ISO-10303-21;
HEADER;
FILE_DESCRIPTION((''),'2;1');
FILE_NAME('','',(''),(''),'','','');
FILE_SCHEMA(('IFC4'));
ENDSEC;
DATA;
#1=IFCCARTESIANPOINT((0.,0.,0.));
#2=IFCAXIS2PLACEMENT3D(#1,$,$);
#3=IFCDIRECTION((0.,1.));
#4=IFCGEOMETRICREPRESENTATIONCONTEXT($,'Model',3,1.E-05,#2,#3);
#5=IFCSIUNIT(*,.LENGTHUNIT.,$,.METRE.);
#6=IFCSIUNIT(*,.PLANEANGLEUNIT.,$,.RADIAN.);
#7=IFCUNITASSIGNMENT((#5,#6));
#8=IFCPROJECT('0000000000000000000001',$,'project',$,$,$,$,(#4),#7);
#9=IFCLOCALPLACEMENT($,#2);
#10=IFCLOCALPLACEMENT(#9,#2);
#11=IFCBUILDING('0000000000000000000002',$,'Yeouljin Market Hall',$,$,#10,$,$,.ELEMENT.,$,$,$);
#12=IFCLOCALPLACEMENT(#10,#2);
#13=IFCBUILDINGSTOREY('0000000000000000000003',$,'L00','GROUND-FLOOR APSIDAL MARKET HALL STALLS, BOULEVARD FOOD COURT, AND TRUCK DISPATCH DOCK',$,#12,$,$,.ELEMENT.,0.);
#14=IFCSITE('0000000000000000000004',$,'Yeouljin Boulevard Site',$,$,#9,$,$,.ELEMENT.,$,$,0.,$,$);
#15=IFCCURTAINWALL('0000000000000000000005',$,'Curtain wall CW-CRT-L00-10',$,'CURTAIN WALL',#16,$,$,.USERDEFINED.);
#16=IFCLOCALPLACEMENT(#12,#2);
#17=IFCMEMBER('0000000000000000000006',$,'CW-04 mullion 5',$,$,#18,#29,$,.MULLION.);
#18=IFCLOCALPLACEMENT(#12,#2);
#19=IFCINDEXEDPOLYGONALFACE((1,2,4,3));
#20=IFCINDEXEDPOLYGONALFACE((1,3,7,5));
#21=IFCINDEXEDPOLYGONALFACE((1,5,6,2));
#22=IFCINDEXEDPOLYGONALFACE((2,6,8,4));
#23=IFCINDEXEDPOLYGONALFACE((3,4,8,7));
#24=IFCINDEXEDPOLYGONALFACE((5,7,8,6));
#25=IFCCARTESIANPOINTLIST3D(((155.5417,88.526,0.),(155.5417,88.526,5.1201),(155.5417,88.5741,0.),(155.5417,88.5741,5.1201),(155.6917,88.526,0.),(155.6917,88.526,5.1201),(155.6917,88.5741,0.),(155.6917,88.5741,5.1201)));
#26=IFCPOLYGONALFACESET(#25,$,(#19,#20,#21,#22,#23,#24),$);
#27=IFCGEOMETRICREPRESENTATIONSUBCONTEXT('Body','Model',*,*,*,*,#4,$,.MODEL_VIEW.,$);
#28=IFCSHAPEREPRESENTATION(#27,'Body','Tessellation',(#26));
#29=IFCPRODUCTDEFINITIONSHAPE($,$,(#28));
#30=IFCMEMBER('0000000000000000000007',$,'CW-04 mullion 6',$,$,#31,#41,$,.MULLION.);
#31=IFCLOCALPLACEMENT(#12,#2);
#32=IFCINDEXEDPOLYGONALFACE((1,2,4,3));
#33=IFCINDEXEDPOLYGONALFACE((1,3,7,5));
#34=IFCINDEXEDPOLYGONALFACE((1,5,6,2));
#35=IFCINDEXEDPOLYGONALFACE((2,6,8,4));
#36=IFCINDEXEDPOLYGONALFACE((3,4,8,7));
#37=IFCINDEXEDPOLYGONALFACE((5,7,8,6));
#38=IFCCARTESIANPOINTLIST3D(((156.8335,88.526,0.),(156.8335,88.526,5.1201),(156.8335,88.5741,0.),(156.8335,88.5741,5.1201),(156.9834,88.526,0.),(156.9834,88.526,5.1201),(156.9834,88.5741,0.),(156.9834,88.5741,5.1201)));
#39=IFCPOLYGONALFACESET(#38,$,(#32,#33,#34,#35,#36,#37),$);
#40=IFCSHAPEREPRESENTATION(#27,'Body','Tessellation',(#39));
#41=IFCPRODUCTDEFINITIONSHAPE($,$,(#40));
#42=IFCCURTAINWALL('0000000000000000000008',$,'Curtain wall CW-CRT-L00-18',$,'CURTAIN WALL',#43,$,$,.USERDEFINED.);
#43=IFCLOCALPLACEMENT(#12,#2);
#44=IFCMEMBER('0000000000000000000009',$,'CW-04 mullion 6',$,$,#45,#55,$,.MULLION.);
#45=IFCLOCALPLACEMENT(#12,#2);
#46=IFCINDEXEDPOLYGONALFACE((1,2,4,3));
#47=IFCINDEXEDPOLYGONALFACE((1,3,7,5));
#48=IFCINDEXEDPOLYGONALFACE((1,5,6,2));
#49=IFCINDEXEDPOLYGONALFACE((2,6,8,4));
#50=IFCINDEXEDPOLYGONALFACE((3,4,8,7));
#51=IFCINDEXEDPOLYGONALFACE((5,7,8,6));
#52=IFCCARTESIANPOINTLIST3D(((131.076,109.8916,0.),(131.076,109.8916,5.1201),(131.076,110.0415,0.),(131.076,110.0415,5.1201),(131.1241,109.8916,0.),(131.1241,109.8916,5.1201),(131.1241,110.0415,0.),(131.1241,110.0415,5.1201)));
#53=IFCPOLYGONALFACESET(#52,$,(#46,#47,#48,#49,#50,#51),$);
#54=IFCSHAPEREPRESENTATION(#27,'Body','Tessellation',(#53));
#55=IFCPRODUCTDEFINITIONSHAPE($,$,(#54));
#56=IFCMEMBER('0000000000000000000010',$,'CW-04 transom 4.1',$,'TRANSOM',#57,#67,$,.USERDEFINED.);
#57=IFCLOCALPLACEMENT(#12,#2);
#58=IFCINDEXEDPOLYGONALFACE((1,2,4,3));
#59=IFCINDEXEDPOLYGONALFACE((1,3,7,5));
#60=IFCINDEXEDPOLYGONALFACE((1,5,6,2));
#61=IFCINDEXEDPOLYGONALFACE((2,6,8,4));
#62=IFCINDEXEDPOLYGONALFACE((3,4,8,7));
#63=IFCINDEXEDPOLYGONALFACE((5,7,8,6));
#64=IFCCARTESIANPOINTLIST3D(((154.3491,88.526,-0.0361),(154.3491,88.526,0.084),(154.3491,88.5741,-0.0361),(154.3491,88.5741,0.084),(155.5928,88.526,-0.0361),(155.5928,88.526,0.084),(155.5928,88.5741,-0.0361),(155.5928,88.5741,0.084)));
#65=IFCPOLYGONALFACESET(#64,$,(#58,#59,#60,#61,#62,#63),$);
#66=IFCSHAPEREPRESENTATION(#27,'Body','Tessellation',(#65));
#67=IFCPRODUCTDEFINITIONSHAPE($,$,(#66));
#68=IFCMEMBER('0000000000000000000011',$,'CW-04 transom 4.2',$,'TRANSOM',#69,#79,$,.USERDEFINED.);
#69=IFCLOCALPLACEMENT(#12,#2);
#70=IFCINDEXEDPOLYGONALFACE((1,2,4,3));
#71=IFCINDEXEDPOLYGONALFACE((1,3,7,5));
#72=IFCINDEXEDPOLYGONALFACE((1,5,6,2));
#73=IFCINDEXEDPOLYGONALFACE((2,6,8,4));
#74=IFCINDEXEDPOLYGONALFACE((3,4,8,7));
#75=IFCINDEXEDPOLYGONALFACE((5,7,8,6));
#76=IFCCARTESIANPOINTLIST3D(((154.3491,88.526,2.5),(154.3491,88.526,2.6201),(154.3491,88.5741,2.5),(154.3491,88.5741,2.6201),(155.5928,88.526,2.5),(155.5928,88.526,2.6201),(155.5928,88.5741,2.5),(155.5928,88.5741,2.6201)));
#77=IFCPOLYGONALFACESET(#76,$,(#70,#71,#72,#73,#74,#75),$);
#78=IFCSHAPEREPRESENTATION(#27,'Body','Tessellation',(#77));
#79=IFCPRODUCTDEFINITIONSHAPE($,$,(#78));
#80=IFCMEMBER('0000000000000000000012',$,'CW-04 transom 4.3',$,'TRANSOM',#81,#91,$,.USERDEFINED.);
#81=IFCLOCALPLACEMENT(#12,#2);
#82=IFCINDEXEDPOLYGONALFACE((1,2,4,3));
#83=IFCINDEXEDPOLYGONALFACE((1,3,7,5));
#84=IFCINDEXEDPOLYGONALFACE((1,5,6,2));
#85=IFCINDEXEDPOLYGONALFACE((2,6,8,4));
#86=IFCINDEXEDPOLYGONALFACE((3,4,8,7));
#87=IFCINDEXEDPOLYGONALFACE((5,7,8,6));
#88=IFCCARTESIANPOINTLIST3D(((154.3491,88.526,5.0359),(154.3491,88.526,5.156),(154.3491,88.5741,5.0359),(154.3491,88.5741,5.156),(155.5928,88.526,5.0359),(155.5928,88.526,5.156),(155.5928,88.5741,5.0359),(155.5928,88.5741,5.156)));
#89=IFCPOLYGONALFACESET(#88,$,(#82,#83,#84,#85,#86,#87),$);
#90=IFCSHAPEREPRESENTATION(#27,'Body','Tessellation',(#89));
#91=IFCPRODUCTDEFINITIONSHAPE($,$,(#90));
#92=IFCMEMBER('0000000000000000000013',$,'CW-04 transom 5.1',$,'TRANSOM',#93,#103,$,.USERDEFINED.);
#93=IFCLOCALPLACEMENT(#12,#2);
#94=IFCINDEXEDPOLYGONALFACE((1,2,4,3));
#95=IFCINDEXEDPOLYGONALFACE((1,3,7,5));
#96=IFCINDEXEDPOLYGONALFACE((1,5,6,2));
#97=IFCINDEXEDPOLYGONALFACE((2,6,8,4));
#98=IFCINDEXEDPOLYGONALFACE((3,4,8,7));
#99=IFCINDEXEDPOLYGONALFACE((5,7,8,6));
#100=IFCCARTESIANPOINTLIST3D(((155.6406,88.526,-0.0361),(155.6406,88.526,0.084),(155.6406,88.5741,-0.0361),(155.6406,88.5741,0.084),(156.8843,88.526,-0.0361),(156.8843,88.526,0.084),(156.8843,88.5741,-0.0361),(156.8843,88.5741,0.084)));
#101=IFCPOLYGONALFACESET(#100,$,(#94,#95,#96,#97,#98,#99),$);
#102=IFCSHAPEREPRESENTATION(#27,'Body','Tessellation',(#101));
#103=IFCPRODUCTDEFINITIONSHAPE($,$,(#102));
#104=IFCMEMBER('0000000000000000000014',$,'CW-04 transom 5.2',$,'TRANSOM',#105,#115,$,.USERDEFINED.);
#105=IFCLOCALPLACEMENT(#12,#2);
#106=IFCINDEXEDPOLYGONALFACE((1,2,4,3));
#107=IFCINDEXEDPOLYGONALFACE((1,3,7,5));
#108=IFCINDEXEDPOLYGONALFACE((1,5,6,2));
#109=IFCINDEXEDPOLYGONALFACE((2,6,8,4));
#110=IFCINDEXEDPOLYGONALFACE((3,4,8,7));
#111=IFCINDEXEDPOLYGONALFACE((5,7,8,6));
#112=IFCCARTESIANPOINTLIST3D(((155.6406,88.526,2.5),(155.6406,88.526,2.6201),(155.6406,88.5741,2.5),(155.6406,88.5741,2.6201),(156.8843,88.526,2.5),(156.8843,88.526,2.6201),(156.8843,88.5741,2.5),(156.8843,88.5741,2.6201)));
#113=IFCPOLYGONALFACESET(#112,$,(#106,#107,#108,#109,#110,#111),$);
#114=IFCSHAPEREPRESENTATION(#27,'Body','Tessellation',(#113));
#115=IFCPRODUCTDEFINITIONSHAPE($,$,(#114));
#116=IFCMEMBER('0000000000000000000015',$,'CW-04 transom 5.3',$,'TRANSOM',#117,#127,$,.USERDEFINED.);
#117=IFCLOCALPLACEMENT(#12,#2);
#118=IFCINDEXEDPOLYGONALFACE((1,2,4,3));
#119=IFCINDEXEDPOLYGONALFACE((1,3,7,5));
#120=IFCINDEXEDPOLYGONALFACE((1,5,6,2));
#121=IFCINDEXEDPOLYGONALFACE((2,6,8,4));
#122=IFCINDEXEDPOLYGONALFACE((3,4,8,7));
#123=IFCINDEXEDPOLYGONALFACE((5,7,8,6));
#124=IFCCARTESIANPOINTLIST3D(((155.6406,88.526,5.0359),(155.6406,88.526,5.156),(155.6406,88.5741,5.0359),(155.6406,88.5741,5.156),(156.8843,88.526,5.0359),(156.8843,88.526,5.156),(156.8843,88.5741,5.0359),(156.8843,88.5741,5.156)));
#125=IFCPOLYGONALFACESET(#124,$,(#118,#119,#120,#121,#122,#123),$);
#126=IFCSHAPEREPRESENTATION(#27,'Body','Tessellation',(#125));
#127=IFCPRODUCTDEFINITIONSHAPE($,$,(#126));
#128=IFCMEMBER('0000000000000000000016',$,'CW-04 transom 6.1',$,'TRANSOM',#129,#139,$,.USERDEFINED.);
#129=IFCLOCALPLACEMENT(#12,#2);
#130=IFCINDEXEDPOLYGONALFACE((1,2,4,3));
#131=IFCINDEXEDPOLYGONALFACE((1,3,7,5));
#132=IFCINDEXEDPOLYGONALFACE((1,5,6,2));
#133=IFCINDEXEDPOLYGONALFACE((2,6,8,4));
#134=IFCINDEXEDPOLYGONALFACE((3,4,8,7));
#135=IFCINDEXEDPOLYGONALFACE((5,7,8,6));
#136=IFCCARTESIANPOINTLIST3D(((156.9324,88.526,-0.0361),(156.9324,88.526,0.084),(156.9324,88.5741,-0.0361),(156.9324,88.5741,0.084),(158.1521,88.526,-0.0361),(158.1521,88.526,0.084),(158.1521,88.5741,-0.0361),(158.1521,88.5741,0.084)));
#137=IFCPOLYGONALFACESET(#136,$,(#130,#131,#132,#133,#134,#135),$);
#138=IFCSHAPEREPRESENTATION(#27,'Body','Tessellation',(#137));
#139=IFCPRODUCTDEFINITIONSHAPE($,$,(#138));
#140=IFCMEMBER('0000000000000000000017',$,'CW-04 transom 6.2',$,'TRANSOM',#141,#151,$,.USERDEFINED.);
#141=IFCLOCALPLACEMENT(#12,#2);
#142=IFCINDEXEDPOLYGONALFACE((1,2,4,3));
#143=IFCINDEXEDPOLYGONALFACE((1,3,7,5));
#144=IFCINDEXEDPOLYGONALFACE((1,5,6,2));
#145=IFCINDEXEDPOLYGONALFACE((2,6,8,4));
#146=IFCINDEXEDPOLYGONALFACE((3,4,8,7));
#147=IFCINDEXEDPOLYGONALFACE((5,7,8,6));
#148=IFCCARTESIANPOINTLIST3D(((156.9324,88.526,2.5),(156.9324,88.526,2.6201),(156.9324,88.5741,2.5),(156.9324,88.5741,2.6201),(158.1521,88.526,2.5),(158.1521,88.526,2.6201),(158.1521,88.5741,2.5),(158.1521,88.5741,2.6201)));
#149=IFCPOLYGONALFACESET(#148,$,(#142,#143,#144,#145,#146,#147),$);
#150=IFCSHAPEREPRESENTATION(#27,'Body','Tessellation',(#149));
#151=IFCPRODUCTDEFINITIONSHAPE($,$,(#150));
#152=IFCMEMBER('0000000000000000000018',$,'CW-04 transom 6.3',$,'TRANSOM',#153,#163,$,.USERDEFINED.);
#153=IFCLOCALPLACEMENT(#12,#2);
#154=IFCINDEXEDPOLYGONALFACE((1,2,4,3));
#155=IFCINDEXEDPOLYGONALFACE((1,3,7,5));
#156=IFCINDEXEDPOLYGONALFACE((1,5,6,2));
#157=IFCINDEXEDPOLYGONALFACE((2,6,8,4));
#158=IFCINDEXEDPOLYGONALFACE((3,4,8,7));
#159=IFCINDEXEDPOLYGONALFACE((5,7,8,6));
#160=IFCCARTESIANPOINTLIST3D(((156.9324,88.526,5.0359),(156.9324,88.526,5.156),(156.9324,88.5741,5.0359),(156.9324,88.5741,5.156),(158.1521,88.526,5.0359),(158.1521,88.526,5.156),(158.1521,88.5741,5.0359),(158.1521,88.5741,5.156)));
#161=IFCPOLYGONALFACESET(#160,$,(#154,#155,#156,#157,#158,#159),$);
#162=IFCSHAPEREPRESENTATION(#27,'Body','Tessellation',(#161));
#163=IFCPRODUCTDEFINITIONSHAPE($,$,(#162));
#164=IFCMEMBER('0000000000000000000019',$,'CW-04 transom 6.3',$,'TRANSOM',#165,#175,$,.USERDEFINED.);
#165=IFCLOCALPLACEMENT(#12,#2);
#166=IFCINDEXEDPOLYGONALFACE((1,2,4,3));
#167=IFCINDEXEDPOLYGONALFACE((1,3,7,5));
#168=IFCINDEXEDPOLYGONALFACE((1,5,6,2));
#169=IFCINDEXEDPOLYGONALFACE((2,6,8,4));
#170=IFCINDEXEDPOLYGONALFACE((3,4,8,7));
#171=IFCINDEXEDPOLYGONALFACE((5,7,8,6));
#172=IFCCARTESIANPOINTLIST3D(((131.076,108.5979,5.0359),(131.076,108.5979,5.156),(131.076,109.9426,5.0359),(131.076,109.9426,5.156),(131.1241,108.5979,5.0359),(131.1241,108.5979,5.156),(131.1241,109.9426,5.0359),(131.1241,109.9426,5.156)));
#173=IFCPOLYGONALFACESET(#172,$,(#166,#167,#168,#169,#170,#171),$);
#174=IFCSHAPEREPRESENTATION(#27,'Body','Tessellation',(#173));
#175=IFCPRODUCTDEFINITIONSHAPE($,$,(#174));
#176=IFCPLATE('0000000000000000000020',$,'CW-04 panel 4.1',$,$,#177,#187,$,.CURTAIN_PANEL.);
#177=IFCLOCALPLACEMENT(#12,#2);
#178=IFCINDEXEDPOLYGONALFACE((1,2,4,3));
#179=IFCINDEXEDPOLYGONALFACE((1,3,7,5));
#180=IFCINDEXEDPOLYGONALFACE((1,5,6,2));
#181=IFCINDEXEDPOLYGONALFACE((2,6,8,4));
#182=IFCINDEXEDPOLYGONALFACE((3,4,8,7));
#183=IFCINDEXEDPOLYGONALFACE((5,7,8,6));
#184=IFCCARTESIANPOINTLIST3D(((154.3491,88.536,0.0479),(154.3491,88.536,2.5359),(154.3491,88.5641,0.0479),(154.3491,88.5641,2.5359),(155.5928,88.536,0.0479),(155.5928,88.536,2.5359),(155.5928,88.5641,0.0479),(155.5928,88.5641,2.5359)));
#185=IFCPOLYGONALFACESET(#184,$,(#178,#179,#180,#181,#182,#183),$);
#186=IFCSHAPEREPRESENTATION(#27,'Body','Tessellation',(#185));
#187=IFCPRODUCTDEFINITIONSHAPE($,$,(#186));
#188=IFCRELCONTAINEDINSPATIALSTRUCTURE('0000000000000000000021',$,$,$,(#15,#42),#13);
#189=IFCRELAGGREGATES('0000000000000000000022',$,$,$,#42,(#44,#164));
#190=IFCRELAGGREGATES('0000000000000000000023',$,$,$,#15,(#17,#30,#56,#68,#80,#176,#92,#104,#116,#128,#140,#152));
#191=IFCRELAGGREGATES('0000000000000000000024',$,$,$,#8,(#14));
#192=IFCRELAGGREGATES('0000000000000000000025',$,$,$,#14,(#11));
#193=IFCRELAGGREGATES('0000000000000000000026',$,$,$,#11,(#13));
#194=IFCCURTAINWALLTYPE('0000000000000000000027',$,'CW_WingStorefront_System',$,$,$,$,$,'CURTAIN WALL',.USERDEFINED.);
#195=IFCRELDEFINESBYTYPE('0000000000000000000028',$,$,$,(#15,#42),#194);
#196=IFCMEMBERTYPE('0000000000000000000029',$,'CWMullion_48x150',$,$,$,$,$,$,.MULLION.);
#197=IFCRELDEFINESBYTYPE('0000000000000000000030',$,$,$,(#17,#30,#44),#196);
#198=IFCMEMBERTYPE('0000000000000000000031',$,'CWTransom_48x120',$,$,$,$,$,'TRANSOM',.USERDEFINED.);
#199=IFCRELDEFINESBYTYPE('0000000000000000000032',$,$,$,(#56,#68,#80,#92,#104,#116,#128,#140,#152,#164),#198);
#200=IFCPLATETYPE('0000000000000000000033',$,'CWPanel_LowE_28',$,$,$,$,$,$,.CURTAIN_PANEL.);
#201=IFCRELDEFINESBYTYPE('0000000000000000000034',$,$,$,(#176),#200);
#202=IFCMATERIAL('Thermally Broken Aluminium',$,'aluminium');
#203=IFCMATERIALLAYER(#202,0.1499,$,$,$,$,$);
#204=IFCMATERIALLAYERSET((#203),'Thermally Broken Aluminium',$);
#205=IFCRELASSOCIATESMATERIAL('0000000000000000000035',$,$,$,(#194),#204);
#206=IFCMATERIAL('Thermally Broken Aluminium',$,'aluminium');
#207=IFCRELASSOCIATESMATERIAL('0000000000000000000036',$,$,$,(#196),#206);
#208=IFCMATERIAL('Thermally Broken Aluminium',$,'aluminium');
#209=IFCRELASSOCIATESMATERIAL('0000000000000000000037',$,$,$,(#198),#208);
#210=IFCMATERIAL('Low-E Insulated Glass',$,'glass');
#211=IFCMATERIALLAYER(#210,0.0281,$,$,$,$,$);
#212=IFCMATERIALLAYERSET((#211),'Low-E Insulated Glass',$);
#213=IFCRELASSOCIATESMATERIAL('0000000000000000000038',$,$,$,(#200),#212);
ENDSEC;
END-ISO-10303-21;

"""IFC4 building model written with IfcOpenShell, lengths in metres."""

from ifc_helpers import new_model, si_unit, direction, frame, origin, origin_2d, place, context, subcontext, project, spatial, rectangle, extrude, material, layer, layer_set, material_profile, profile_set, type_object, element, aggregate, save


model = new_model("IFC4")

# Units and contexts
model_context = context("Model", 3, precision=1e-05, world=origin(), true_north=direction((0.0, 1.0)))
body_context = subcontext(model_context, "Body", "Model", "MODEL_VIEW")
ifc_project = project(units=[si_unit("LENGTHUNIT", "METRE"), si_unit("PLANEANGLEUNIT", "RADIAN")], contexts=[model_context])

# Site, building, storey
site_placement = place(None, origin())
site = spatial("IfcSite", under=ifc_project, at=site_placement, Name="Yeouljin Boulevard Site", CompositionType="ELEMENT", RefElevation=0.0)
building_placement = place(site_placement, origin())
building = spatial("IfcBuilding", under=site, at=building_placement, Name="Yeouljin Market Hall", CompositionType="ELEMENT")
storey_placement = place(building_placement, origin())
storey = spatial("IfcBuildingStorey", under=building, at=storey_placement, Name="L00", Description="GROUND-FLOOR APSIDAL MARKET HALL STALLS, BOULEVARD FOOD COURT, AND TRUCK DISPATCH DOCK", CompositionType="ELEMENT", Elevation=0.0)

# Curtain wall, members
ifc_material_1 = material(Name="Thermally Broken Aluminium", Category="aluminium")
ifc_layer_1 = layer(ifc_material_1, 0.1499)
ifc_layer_set_1 = layer_set([ifc_layer_1], Name="Thermally Broken Aluminium")
curtain_wall_type = type_object("IfcCurtainWallType", Name="CW_WingStorefront_System", ElementType="CURTAIN WALL", PredefinedType="USERDEFINED", material=ifc_layer_set_1)
curtain_wall_1_placement = place(storey_placement, origin())
curtain_wall_1 = element("IfcCurtainWall", 1, at=curtain_wall_1_placement, inside=storey, type_object=curtain_wall_type, Name="Curtain wall CW-CRT-L00-10", ObjectType="CURTAIN WALL", PredefinedType="USERDEFINED")
ifc_material_2 = material(Name="Thermally Broken Aluminium", Category="aluminium")
ifc_material_profile_1 = material_profile(ifc_material_2, rectangle(XDim=0.0481, YDim=0.1499, at=origin_2d()), Name="CW-MULL-48x150")
ifc_profile_set_1 = profile_set([ifc_material_profile_1], Name="Thermally Broken Aluminium")
member_type_1 = type_object("IfcMemberType", Name="CWMullion_48x150", PredefinedType="MULLION", material=ifc_profile_set_1)
member_1_placement = place(storey_placement, frame((155.6167, 88.55, 0.0), z_axis=(0.0, 0.0, 1.0), x_axis=(0.0, 1.0, 0.0)))
member_1 = element("IfcMember", 2, at=member_1_placement, type_object=member_type_1, Name="CW-04 mullion 5", PredefinedType="MULLION", context=body_context, shape_type="SweptSolid", body=[
    extrude(rectangle(XDim=0.0481, YDim=0.1499, at=origin_2d()), origin(), (0.0, 0.0, 1.0), 5.1201),
])
member_2_placement = place(storey_placement, frame((156.9084, 88.55, 0.0), z_axis=(0.0, 0.0, 1.0), x_axis=(0.0, 1.0, 0.0)))
member_2 = element("IfcMember", 3, at=member_2_placement, type_object=member_type_1, Name="CW-04 mullion 6", PredefinedType="MULLION", context=body_context, shape_type="SweptSolid", body=[
    extrude(rectangle(XDim=0.0481, YDim=0.1499, at=origin_2d()), origin(), (0.0, 0.0, 1.0), 5.1201),
])

# Curtain wall, member
curtain_wall_2_placement = place(storey_placement, origin())
curtain_wall_2 = element("IfcCurtainWall", 4, at=curtain_wall_2_placement, inside=storey, type_object=curtain_wall_type, Name="Curtain wall CW-CRT-L00-18", ObjectType="CURTAIN WALL", PredefinedType="USERDEFINED")
member_3_placement = place(storey_placement, frame((131.1001, 109.9666, 0.0), z_axis=(0.0, 0.0, 1.0), x_axis=(1.0, 0.0, 0.0)))
member_3 = element("IfcMember", 5, at=member_3_placement, type_object=member_type_1, Name="CW-04 mullion 6", PredefinedType="MULLION", context=body_context, shape_type="SweptSolid", body=[
    extrude(rectangle(XDim=0.0481, YDim=0.1499, at=origin_2d()), origin(), (0.0, 0.0, 1.0), 5.1201),
])

# Members
ifc_material_3 = material(Name="Thermally Broken Aluminium", Category="aluminium")
ifc_material_profile_2 = material_profile(ifc_material_3, rectangle(XDim=0.0481, YDim=0.1201, at=origin_2d()), Name="CW-TRAN-48x120")
ifc_profile_set_2 = profile_set([ifc_material_profile_2], Name="Thermally Broken Aluminium")
member_type_2 = type_object("IfcMemberType", Name="CWTransom_48x120", ElementType="TRANSOM", PredefinedType="USERDEFINED", material=ifc_profile_set_2)
member_4_placement = place(storey_placement, frame((154.3491, 88.55, 0.0239), z_axis=(1.0, 0.0, 0.0), x_axis=(0.0, 1.0, 0.0)))
member_4 = element("IfcMember", 6, at=member_4_placement, type_object=member_type_2, Name="CW-04 transom 4.1", ObjectType="TRANSOM", PredefinedType="USERDEFINED", context=body_context, shape_type="SweptSolid", body=[
    extrude(rectangle(XDim=0.0481, YDim=0.1201, at=origin_2d()), origin(), (0.0, 0.0, 1.0), 1.2437),
])
member_5_placement = place(storey_placement, frame((154.3491, 88.55, 2.5601), z_axis=(1.0, 0.0, 0.0), x_axis=(0.0, 1.0, 0.0)))
member_5 = element("IfcMember", 7, at=member_5_placement, type_object=member_type_2, Name="CW-04 transom 4.2", ObjectType="TRANSOM", PredefinedType="USERDEFINED", context=body_context, shape_type="SweptSolid", body=[
    extrude(rectangle(XDim=0.0481, YDim=0.1201, at=origin_2d()), origin(), (0.0, 0.0, 1.0), 1.2437),
])
member_6_placement = place(storey_placement, frame((154.3491, 88.55, 5.0959), z_axis=(1.0, 0.0, 0.0), x_axis=(0.0, 1.0, 0.0)))
member_6 = element("IfcMember", 8, at=member_6_placement, type_object=member_type_2, Name="CW-04 transom 4.3", ObjectType="TRANSOM", PredefinedType="USERDEFINED", context=body_context, shape_type="SweptSolid", body=[
    extrude(rectangle(XDim=0.0481, YDim=0.1201, at=origin_2d()), origin(), (0.0, 0.0, 1.0), 1.2437),
])
member_7_placement = place(storey_placement, frame((155.6406, 88.55, 0.0239), z_axis=(1.0, 0.0, 0.0), x_axis=(0.0, 1.0, 0.0)))
member_7 = element("IfcMember", 9, at=member_7_placement, type_object=member_type_2, Name="CW-04 transom 5.1", ObjectType="TRANSOM", PredefinedType="USERDEFINED", context=body_context, shape_type="SweptSolid", body=[
    extrude(rectangle(XDim=0.0481, YDim=0.1201, at=origin_2d()), origin(), (0.0, 0.0, 1.0), 1.2437),
])
member_8_placement = place(storey_placement, frame((155.6406, 88.55, 2.5601), z_axis=(1.0, 0.0, 0.0), x_axis=(0.0, 1.0, 0.0)))
member_8 = element("IfcMember", 10, at=member_8_placement, type_object=member_type_2, Name="CW-04 transom 5.2", ObjectType="TRANSOM", PredefinedType="USERDEFINED", context=body_context, shape_type="SweptSolid", body=[
    extrude(rectangle(XDim=0.0481, YDim=0.1201, at=origin_2d()), origin(), (0.0, 0.0, 1.0), 1.2437),
])
member_9_placement = place(storey_placement, frame((155.6406, 88.55, 5.0959), z_axis=(1.0, 0.0, 0.0), x_axis=(0.0, 1.0, 0.0)))
member_9 = element("IfcMember", 11, at=member_9_placement, type_object=member_type_2, Name="CW-04 transom 5.3", ObjectType="TRANSOM", PredefinedType="USERDEFINED", context=body_context, shape_type="SweptSolid", body=[
    extrude(rectangle(XDim=0.0481, YDim=0.1201, at=origin_2d()), origin(), (0.0, 0.0, 1.0), 1.2437),
])
member_10_placement = place(storey_placement, frame((156.9324, 88.55, 0.0239), z_axis=(1.0, 0.0, 0.0), x_axis=(0.0, 1.0, 0.0)))
member_10 = element("IfcMember", 12, at=member_10_placement, type_object=member_type_2, Name="CW-04 transom 6.1", ObjectType="TRANSOM", PredefinedType="USERDEFINED", context=body_context, shape_type="SweptSolid", body=[
    extrude(rectangle(XDim=0.0481, YDim=0.1201, at=origin_2d()), origin(), (0.0, 0.0, 1.0), 1.2197),
])
member_11_placement = place(storey_placement, frame((156.9324, 88.55, 2.5601), z_axis=(1.0, 0.0, 0.0), x_axis=(0.0, 1.0, 0.0)))
member_11 = element("IfcMember", 13, at=member_11_placement, type_object=member_type_2, Name="CW-04 transom 6.2", ObjectType="TRANSOM", PredefinedType="USERDEFINED", context=body_context, shape_type="SweptSolid", body=[
    extrude(rectangle(XDim=0.0481, YDim=0.1201, at=origin_2d()), origin(), (0.0, 0.0, 1.0), 1.2197),
])
member_12_placement = place(storey_placement, frame((156.9324, 88.55, 5.0959), z_axis=(1.0, 0.0, 0.0), x_axis=(0.0, 1.0, 0.0)))
member_12 = element("IfcMember", 14, at=member_12_placement, type_object=member_type_2, Name="CW-04 transom 6.3", ObjectType="TRANSOM", PredefinedType="USERDEFINED", context=body_context, shape_type="SweptSolid", body=[
    extrude(rectangle(XDim=0.0481, YDim=0.1201, at=origin_2d()), origin(), (0.0, 0.0, 1.0), 1.2197),
])
member_13_placement = place(storey_placement, frame((131.1001, 109.9426, 5.0959), z_axis=(0.0, -1.0, 0.0), x_axis=(1.0, 0.0, 0.0)))
member_13 = element("IfcMember", 15, at=member_13_placement, type_object=member_type_2, Name="CW-04 transom 6.3", ObjectType="TRANSOM", PredefinedType="USERDEFINED", context=body_context, shape_type="SweptSolid", body=[
    extrude(rectangle(XDim=0.0481, YDim=0.1201, at=origin_2d()), origin(), (0.0, 0.0, 1.0), 1.3447),
])
aggregate(curtain_wall_2, [member_3, member_13])

# Plate
ifc_material_4 = material(Name="Low-E Insulated Glass", Category="glass")
ifc_layer_2 = layer(ifc_material_4, 0.0281)
ifc_layer_set_2 = layer_set([ifc_layer_2], Name="Low-E Insulated Glass")
plate_type_1 = type_object("IfcPlateType", Name="CWPanel_LowE_28", PredefinedType="CURTAIN_PANEL", material=ifc_layer_set_2)
plate_1_placement = place(storey_placement, frame((154.9709, 88.55, 0.0479), z_axis=(0.0, 0.0, 1.0), x_axis=(1.0, 0.0, 0.0)))
plate_1 = element("IfcPlate", 16, at=plate_1_placement, type_object=plate_type_1, Name="CW-04 panel 4.1", PredefinedType="CURTAIN_PANEL", context=body_context, shape_type="SweptSolid", body=[
    extrude(rectangle(XDim=1.2437, YDim=0.0281, at=origin_2d()), origin(), (0.0, 0.0, 1.0), 2.488),
])
aggregate(curtain_wall_1, [member_1, member_2, member_4, member_5, member_6, plate_1, member_7, member_8, member_9, member_10, member_11, member_12])

save(model, "model.ifc")
